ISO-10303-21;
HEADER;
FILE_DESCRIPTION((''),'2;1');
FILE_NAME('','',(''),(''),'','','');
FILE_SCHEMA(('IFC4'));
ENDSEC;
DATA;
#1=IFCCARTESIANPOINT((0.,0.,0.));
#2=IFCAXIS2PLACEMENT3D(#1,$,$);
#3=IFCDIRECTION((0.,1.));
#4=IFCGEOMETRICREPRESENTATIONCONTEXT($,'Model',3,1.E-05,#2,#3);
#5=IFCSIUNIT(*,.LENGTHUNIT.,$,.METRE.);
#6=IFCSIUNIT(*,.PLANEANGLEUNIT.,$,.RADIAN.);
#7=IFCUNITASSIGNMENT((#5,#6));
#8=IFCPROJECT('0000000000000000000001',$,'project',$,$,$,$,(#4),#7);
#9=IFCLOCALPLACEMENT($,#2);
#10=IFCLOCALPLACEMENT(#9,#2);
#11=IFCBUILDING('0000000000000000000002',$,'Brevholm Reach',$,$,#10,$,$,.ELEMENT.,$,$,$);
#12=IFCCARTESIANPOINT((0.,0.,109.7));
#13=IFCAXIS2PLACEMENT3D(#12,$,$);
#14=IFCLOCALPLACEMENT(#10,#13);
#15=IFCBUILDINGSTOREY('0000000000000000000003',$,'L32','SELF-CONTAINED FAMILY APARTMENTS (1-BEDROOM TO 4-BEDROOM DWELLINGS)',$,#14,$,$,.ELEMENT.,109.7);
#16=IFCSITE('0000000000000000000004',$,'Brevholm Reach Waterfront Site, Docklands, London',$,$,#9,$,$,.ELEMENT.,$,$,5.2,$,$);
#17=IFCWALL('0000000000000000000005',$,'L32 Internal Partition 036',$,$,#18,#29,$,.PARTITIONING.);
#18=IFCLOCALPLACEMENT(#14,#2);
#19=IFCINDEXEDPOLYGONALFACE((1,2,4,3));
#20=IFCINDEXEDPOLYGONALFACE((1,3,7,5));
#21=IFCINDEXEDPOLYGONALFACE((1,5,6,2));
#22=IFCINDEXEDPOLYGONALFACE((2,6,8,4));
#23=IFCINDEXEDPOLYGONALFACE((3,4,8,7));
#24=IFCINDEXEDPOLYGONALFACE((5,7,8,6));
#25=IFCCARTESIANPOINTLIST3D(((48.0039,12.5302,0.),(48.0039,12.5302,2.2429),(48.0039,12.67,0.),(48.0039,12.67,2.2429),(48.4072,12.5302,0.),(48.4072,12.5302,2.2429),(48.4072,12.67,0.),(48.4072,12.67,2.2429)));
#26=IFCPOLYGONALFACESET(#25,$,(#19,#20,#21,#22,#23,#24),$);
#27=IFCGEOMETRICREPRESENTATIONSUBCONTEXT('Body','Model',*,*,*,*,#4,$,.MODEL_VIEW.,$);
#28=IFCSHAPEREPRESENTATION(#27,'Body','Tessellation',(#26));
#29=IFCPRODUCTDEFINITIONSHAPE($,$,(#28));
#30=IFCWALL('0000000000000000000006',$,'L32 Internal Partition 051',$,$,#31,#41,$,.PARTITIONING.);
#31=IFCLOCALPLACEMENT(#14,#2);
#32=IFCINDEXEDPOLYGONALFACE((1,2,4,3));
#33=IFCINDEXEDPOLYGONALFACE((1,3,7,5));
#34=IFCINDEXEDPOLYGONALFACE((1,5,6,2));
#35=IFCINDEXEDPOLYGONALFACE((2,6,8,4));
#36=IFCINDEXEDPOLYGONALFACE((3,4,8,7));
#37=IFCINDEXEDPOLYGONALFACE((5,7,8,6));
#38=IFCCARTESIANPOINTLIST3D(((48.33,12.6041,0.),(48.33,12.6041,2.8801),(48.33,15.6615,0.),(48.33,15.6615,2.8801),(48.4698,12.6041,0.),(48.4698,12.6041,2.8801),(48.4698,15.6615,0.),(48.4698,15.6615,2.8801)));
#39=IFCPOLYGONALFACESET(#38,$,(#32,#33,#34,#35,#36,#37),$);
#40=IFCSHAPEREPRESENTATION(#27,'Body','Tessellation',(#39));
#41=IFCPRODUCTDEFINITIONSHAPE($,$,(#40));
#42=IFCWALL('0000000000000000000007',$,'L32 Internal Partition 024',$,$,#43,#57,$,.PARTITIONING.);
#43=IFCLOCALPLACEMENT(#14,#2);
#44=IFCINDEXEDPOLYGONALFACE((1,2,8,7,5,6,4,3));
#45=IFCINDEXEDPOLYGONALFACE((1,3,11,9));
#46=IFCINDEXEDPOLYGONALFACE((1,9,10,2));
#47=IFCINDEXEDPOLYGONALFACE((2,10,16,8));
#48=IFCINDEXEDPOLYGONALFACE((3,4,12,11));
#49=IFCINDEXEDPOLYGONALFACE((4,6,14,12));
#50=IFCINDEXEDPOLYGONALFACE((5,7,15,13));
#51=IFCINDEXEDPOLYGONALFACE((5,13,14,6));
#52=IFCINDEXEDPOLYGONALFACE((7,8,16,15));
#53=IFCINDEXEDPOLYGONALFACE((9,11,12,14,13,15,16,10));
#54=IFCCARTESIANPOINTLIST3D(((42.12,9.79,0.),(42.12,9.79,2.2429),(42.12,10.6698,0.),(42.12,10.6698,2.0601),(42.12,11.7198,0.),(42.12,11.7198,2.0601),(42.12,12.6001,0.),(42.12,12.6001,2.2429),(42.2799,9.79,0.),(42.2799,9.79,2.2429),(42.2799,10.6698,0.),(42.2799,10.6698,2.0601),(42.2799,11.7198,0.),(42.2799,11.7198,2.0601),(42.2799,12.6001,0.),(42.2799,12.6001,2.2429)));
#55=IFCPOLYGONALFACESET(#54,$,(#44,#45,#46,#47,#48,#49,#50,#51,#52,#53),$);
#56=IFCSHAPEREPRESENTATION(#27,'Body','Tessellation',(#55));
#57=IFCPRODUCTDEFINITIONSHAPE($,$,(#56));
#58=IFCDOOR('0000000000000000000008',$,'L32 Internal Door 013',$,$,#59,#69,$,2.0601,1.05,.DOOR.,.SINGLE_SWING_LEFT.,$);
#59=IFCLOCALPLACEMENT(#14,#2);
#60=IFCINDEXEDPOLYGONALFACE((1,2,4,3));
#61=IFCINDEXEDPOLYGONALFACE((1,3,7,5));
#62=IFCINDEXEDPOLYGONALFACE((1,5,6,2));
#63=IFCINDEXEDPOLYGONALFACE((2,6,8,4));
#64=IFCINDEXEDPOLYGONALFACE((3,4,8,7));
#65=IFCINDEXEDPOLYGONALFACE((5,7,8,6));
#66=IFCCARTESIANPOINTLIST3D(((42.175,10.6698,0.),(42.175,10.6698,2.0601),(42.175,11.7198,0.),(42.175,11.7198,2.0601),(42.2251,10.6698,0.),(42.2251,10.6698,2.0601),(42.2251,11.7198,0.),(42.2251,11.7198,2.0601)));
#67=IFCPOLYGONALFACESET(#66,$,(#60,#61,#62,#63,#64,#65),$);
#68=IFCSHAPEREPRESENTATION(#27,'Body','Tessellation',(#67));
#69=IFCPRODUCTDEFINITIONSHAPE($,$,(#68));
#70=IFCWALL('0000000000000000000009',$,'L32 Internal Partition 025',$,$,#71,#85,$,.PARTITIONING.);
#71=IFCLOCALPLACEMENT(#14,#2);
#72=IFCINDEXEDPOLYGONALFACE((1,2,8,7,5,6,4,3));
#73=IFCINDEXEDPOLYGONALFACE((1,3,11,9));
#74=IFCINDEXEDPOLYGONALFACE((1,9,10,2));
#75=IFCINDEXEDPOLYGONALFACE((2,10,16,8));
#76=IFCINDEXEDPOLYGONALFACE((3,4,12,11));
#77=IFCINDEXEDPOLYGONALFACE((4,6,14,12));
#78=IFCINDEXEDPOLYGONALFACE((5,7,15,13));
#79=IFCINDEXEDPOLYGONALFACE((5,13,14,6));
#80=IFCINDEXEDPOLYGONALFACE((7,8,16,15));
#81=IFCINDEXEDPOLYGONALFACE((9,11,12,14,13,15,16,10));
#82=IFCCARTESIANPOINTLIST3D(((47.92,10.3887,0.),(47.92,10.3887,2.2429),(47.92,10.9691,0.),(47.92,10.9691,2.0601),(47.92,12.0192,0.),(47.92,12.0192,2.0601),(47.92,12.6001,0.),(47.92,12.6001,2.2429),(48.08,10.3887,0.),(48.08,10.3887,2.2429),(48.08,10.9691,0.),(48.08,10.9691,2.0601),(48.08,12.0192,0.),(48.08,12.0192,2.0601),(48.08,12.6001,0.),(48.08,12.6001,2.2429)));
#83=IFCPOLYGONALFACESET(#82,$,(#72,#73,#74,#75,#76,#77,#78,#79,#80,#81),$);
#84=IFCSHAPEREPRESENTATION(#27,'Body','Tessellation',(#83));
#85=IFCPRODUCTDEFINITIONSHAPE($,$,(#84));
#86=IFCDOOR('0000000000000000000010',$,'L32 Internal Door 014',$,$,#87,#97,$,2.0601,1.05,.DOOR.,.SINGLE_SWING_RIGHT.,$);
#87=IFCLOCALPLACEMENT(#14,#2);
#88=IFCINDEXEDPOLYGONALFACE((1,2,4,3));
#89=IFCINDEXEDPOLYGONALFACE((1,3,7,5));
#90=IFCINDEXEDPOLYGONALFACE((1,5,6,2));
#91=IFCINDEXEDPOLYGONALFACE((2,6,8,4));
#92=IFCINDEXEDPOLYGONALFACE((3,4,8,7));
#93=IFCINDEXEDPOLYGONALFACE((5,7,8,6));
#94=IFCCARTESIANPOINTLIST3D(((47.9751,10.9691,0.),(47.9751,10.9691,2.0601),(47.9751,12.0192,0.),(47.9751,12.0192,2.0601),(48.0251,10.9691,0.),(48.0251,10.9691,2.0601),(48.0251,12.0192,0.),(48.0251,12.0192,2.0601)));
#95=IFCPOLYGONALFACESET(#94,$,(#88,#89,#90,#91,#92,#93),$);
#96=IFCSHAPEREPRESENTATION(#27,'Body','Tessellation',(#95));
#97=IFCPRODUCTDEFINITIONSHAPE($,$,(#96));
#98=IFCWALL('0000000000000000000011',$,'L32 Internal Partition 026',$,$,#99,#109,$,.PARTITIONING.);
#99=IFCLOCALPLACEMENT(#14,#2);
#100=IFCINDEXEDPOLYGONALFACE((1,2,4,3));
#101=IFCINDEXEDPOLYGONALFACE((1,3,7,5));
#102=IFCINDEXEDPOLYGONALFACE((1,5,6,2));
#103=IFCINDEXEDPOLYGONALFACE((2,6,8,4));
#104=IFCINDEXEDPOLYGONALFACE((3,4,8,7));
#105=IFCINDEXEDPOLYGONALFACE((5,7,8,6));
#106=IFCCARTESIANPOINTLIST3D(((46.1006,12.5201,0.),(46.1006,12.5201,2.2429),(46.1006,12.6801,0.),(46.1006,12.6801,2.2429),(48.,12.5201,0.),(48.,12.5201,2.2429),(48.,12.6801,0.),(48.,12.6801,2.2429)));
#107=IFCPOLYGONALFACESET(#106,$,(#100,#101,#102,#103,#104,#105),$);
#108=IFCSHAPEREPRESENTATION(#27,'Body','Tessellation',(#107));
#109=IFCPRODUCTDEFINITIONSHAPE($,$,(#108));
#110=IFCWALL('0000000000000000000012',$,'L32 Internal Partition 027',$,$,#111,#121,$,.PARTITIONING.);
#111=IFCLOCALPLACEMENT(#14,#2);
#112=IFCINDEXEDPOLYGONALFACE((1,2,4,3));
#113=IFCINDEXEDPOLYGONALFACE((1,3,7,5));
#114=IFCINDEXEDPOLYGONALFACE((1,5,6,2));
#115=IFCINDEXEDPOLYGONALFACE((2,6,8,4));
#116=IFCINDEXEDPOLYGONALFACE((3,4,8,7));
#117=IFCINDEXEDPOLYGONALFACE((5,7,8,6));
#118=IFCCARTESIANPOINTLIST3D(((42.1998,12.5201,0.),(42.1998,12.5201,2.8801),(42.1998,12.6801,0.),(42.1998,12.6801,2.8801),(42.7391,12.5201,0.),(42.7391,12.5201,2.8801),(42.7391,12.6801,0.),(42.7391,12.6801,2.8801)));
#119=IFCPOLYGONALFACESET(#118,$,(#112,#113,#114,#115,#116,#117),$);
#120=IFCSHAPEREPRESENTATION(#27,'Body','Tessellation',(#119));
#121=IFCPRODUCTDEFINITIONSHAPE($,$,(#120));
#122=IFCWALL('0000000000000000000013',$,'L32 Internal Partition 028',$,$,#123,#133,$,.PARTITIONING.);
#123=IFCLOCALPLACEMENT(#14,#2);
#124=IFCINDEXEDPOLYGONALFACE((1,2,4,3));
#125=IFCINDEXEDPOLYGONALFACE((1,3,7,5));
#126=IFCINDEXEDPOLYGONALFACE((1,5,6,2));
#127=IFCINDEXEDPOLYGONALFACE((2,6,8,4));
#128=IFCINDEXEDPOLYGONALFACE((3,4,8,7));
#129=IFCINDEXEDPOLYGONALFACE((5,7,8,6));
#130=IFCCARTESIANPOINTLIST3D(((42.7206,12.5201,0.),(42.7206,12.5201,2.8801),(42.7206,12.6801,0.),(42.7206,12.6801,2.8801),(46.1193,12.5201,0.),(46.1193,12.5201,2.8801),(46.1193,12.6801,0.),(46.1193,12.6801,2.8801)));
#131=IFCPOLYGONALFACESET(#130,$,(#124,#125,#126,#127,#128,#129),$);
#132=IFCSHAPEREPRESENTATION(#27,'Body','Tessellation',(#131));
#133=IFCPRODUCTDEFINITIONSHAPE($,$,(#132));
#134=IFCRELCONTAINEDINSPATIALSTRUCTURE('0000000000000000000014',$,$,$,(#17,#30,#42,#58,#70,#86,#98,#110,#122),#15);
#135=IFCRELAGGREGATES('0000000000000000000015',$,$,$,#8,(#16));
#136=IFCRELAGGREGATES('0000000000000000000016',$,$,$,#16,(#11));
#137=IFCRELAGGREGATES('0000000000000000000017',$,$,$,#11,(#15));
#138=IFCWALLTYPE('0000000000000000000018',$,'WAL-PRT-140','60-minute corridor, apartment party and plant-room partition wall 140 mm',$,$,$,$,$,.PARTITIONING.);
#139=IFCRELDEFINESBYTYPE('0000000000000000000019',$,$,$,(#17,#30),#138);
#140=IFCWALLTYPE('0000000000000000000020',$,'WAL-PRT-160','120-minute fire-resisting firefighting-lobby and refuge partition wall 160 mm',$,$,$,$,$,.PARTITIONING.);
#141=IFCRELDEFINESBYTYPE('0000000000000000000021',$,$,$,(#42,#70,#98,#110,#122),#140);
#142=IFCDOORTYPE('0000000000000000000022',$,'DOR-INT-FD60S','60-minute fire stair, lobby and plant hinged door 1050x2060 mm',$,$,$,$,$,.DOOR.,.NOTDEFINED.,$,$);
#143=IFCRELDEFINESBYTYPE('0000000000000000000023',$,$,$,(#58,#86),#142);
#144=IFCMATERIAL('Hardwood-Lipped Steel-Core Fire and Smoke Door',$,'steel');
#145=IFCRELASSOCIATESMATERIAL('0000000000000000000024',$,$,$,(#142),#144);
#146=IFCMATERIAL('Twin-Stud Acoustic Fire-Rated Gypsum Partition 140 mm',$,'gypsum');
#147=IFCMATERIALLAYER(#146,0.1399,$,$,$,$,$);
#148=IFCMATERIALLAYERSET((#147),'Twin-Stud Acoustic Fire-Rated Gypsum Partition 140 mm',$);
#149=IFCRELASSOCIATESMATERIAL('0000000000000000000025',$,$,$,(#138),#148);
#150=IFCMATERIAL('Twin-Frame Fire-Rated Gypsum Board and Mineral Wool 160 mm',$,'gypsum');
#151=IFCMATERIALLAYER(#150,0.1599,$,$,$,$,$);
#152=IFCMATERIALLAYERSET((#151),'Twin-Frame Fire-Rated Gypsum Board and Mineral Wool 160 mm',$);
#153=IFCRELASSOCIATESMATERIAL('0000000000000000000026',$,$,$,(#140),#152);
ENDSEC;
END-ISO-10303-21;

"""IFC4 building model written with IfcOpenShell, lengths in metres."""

from ifc_helpers import new_model, si_unit, direction, frame, frame_2d, origin, place, context, subcontext, project, spatial, rectangle, extrude, material, layer, layer_set, type_object, element, fill, save


model = new_model("IFC4")

# Units and contexts
model_context = context("Model", 3, precision=1e-05, world=origin(), true_north=direction((0.0, 1.0)))
body_context = subcontext(model_context, "Body", "Model", "MODEL_VIEW")
ifc_project = project(units=[si_unit("LENGTHUNIT", "METRE"), si_unit("PLANEANGLEUNIT", "RADIAN")], contexts=[model_context])

# Site, building, storey
site_placement = place(None, origin())
site = spatial("IfcSite", under=ifc_project, at=site_placement, Name="Brevholm Reach Waterfront Site, Docklands, London", CompositionType="ELEMENT", RefElevation=5.2)
building_placement = place(site_placement, origin())
building = spatial("IfcBuilding", under=site, at=building_placement, Name="Brevholm Reach", CompositionType="ELEMENT")
storey_placement = place(building_placement, frame((0.0, 0.0, 109.7)))
storey = spatial("IfcBuildingStorey", under=building, at=storey_placement, Name="L32", Description="SELF-CONTAINED FAMILY APARTMENTS (1-BEDROOM TO 4-BEDROOM DWELLINGS)", CompositionType="ELEMENT", Elevation=109.7)

# Shared definitions
ifc_material_1 = material(Name="Hardwood-Lipped Steel-Core Fire and Smoke Door", Category="steel")
door_type_1 = type_object("IfcDoorType", Name="DOR-INT-FD60S", Description="60-minute fire stair, lobby and plant hinged door 1050x2060 mm", OperationType="NOTDEFINED", PredefinedType="DOOR", material=ifc_material_1)

# Walls
ifc_material_2 = material(Name="Twin-Stud Acoustic Fire-Rated Gypsum Partition 140 mm", Category="gypsum")
ifc_layer_1 = layer(ifc_material_2, 0.1399)
ifc_layer_set_1 = layer_set([ifc_layer_1], Name="Twin-Stud Acoustic Fire-Rated Gypsum Partition 140 mm")
wall_type_1 = type_object("IfcWallType", Name="WAL-PRT-140", Description="60-minute corridor, apartment party and plant-room partition wall 140 mm", PredefinedType="PARTITIONING", material=ifc_layer_set_1)
wall_1_placement = place(storey_placement, frame((48.0039, 12.6001, 0.0), z_axis=(0.0, 0.0, 1.0), x_axis=(1.0, 0.0, 0.0)))
element("IfcWall", 1, at=wall_1_placement, inside=storey, type_object=wall_type_1, Name="L32 Internal Partition 036", PredefinedType="PARTITIONING", context=body_context, shape_type="SweptSolid", body=[
    extrude(rectangle(XDim=0.4033, YDim=0.1399, at=frame_2d((0.2017, 0.0))), origin(), (0.0, 0.0, 1.0), 2.2429),
])
wall_2_placement = place(storey_placement, frame((48.3999, 12.604, 0.0), z_axis=(0.0, 0.0, 1.0), x_axis=(0.0, 1.0, 0.0)))
element("IfcWall", 2, at=wall_2_placement, inside=storey, type_object=wall_type_1, Name="L32 Internal Partition 051", PredefinedType="PARTITIONING", context=body_context, shape_type="SweptSolid", body=[
    extrude(rectangle(XDim=3.0574, YDim=0.1399, at=frame_2d((1.5288, 0.0))), origin(), (0.0, 0.0, 1.0), 2.8801),
])

# Walls, openings, doors
ifc_material_3 = material(Name="Twin-Frame Fire-Rated Gypsum Board and Mineral Wool 160 mm", Category="gypsum")
ifc_layer_2 = layer(ifc_material_3, 0.1599)
ifc_layer_set_2 = layer_set([ifc_layer_2], Name="Twin-Frame Fire-Rated Gypsum Board and Mineral Wool 160 mm")
wall_type_2 = type_object("IfcWallType", Name="WAL-PRT-160", Description="120-minute fire-resisting firefighting-lobby and refuge partition wall 160 mm", PredefinedType="PARTITIONING", material=ifc_layer_set_2)
wall_3_placement = place(storey_placement, frame((42.2, 9.79, 0.0), z_axis=(0.0, 0.0, 1.0), x_axis=(0.0, 1.0, 0.0)))
wall_3 = element("IfcWall", 3, at=wall_3_placement, inside=storey, type_object=wall_type_2, Name="L32 Internal Partition 024", PredefinedType="PARTITIONING", context=body_context, shape_type="SweptSolid", body=[
    extrude(rectangle(XDim=2.8101, YDim=0.1599, at=frame_2d((1.405, 0.0))), origin(), (0.0, 0.0, 1.0), 2.2429),
])
opening_1_placement = place(wall_3_placement, frame((0.8799, 0.0, 0.0)))
opening_1 = element("IfcOpeningElement", 4, at=opening_1_placement, cuts=wall_3, PredefinedType="OPENING", context=body_context, shape_type="SweptSolid", body=[
    extrude(rectangle(XDim=1.05, YDim=2.0601, at=frame_2d((0.5249, 1.03))), frame((0.0, 0.0898, 0.0), z_axis=(0.0, -1.0, 0.0), x_axis=(1.0, 0.0, 0.0)), (0.0, 0.0, 1.0), 0.1799),
])
door_1_placement = place(opening_1_placement, origin())
door_1 = element("IfcDoor", 5, at=door_1_placement, inside=storey, type_object=door_type_1, Name="L32 Internal Door 013", OperationType="SINGLE_SWING_LEFT", OverallHeight=2.0601, OverallWidth=1.05, PredefinedType="DOOR", context=body_context, shape_type="SweptSolid", body=[
    extrude(rectangle(XDim=1.05, YDim=2.0601, at=frame_2d((0.5249, 1.03))), frame((0.0, 0.0249, 0.0), z_axis=(0.0, -1.0, 0.0), x_axis=(1.0, 0.0, 0.0)), (0.0, 0.0, 1.0), 0.05),
])
fill(opening_1, door_1)
wall_4_placement = place(storey_placement, frame((48.0, 10.3887, 0.0), z_axis=(0.0, 0.0, 1.0), x_axis=(0.0, 1.0, 0.0)))
wall_4 = element("IfcWall", 6, at=wall_4_placement, inside=storey, type_object=wall_type_2, Name="L32 Internal Partition 025", PredefinedType="PARTITIONING", context=body_context, shape_type="SweptSolid", body=[
    extrude(rectangle(XDim=2.2114, YDim=0.1599, at=frame_2d((1.1057, 0.0))), origin(), (0.0, 0.0, 1.0), 2.2429),
])
opening_2_placement = place(wall_4_placement, frame((0.5806, 0.0, 0.0)))
opening_2 = element("IfcOpeningElement", 7, at=opening_2_placement, cuts=wall_4, PredefinedType="OPENING", context=body_context, shape_type="SweptSolid", body=[
    extrude(rectangle(XDim=1.05, YDim=2.0601, at=frame_2d((0.5249, 1.03))), frame((0.0, 0.0898, 0.0), z_axis=(0.0, -1.0, 0.0), x_axis=(1.0, 0.0, 0.0)), (0.0, 0.0, 1.0), 0.1799),
])
door_2_placement = place(opening_2_placement, origin())
door_2 = element("IfcDoor", 8, at=door_2_placement, inside=storey, type_object=door_type_1, Name="L32 Internal Door 014", OperationType="SINGLE_SWING_RIGHT", OverallHeight=2.0601, OverallWidth=1.05, PredefinedType="DOOR", context=body_context, shape_type="SweptSolid", body=[
    extrude(rectangle(XDim=1.05, YDim=2.0601, at=frame_2d((0.5249, 1.03))), frame((0.0, 0.0249, 0.0), z_axis=(0.0, -1.0, 0.0), x_axis=(1.0, 0.0, 0.0)), (0.0, 0.0, 1.0), 0.05),
])
fill(opening_2, door_2)

# Walls
wall_5_placement = place(storey_placement, frame((46.1006, 12.6001, 0.0), z_axis=(0.0, 0.0, 1.0), x_axis=(1.0, 0.0, 0.0)))
element("IfcWall", 9, at=wall_5_placement, inside=storey, type_object=wall_type_2, Name="L32 Internal Partition 026", PredefinedType="PARTITIONING", context=body_context, shape_type="SweptSolid", body=[
    extrude(rectangle(XDim=1.8994, YDim=0.1599, at=frame_2d((0.9497, 0.0))), origin(), (0.0, 0.0, 1.0), 2.2429),
])
wall_6_placement = place(storey_placement, frame((42.2, 12.6001, 0.0), z_axis=(0.0, 0.0, 1.0), x_axis=(1.0, 0.0, 0.0)))
element("IfcWall", 10, at=wall_6_placement, inside=storey, type_object=wall_type_2, Name="L32 Internal Partition 027", PredefinedType="PARTITIONING", context=body_context, shape_type="SweptSolid", body=[
    extrude(rectangle(XDim=0.5393, YDim=0.1599, at=frame_2d((0.2695, 0.0))), origin(), (0.0, 0.0, 1.0), 2.8801),
])
wall_7_placement = place(storey_placement, frame((42.7207, 12.6001, 0.0), z_axis=(0.0, 0.0, 1.0), x_axis=(1.0, 0.0, 0.0)))
element("IfcWall", 11, at=wall_7_placement, inside=storey, type_object=wall_type_2, Name="L32 Internal Partition 028", PredefinedType="PARTITIONING", context=body_context, shape_type="SweptSolid", body=[
    extrude(rectangle(XDim=3.3987, YDim=0.1599, at=frame_2d((1.6992, 0.0))), origin(), (0.0, 0.0, 1.0), 2.8801),
])

save(model, "model.ifc")
